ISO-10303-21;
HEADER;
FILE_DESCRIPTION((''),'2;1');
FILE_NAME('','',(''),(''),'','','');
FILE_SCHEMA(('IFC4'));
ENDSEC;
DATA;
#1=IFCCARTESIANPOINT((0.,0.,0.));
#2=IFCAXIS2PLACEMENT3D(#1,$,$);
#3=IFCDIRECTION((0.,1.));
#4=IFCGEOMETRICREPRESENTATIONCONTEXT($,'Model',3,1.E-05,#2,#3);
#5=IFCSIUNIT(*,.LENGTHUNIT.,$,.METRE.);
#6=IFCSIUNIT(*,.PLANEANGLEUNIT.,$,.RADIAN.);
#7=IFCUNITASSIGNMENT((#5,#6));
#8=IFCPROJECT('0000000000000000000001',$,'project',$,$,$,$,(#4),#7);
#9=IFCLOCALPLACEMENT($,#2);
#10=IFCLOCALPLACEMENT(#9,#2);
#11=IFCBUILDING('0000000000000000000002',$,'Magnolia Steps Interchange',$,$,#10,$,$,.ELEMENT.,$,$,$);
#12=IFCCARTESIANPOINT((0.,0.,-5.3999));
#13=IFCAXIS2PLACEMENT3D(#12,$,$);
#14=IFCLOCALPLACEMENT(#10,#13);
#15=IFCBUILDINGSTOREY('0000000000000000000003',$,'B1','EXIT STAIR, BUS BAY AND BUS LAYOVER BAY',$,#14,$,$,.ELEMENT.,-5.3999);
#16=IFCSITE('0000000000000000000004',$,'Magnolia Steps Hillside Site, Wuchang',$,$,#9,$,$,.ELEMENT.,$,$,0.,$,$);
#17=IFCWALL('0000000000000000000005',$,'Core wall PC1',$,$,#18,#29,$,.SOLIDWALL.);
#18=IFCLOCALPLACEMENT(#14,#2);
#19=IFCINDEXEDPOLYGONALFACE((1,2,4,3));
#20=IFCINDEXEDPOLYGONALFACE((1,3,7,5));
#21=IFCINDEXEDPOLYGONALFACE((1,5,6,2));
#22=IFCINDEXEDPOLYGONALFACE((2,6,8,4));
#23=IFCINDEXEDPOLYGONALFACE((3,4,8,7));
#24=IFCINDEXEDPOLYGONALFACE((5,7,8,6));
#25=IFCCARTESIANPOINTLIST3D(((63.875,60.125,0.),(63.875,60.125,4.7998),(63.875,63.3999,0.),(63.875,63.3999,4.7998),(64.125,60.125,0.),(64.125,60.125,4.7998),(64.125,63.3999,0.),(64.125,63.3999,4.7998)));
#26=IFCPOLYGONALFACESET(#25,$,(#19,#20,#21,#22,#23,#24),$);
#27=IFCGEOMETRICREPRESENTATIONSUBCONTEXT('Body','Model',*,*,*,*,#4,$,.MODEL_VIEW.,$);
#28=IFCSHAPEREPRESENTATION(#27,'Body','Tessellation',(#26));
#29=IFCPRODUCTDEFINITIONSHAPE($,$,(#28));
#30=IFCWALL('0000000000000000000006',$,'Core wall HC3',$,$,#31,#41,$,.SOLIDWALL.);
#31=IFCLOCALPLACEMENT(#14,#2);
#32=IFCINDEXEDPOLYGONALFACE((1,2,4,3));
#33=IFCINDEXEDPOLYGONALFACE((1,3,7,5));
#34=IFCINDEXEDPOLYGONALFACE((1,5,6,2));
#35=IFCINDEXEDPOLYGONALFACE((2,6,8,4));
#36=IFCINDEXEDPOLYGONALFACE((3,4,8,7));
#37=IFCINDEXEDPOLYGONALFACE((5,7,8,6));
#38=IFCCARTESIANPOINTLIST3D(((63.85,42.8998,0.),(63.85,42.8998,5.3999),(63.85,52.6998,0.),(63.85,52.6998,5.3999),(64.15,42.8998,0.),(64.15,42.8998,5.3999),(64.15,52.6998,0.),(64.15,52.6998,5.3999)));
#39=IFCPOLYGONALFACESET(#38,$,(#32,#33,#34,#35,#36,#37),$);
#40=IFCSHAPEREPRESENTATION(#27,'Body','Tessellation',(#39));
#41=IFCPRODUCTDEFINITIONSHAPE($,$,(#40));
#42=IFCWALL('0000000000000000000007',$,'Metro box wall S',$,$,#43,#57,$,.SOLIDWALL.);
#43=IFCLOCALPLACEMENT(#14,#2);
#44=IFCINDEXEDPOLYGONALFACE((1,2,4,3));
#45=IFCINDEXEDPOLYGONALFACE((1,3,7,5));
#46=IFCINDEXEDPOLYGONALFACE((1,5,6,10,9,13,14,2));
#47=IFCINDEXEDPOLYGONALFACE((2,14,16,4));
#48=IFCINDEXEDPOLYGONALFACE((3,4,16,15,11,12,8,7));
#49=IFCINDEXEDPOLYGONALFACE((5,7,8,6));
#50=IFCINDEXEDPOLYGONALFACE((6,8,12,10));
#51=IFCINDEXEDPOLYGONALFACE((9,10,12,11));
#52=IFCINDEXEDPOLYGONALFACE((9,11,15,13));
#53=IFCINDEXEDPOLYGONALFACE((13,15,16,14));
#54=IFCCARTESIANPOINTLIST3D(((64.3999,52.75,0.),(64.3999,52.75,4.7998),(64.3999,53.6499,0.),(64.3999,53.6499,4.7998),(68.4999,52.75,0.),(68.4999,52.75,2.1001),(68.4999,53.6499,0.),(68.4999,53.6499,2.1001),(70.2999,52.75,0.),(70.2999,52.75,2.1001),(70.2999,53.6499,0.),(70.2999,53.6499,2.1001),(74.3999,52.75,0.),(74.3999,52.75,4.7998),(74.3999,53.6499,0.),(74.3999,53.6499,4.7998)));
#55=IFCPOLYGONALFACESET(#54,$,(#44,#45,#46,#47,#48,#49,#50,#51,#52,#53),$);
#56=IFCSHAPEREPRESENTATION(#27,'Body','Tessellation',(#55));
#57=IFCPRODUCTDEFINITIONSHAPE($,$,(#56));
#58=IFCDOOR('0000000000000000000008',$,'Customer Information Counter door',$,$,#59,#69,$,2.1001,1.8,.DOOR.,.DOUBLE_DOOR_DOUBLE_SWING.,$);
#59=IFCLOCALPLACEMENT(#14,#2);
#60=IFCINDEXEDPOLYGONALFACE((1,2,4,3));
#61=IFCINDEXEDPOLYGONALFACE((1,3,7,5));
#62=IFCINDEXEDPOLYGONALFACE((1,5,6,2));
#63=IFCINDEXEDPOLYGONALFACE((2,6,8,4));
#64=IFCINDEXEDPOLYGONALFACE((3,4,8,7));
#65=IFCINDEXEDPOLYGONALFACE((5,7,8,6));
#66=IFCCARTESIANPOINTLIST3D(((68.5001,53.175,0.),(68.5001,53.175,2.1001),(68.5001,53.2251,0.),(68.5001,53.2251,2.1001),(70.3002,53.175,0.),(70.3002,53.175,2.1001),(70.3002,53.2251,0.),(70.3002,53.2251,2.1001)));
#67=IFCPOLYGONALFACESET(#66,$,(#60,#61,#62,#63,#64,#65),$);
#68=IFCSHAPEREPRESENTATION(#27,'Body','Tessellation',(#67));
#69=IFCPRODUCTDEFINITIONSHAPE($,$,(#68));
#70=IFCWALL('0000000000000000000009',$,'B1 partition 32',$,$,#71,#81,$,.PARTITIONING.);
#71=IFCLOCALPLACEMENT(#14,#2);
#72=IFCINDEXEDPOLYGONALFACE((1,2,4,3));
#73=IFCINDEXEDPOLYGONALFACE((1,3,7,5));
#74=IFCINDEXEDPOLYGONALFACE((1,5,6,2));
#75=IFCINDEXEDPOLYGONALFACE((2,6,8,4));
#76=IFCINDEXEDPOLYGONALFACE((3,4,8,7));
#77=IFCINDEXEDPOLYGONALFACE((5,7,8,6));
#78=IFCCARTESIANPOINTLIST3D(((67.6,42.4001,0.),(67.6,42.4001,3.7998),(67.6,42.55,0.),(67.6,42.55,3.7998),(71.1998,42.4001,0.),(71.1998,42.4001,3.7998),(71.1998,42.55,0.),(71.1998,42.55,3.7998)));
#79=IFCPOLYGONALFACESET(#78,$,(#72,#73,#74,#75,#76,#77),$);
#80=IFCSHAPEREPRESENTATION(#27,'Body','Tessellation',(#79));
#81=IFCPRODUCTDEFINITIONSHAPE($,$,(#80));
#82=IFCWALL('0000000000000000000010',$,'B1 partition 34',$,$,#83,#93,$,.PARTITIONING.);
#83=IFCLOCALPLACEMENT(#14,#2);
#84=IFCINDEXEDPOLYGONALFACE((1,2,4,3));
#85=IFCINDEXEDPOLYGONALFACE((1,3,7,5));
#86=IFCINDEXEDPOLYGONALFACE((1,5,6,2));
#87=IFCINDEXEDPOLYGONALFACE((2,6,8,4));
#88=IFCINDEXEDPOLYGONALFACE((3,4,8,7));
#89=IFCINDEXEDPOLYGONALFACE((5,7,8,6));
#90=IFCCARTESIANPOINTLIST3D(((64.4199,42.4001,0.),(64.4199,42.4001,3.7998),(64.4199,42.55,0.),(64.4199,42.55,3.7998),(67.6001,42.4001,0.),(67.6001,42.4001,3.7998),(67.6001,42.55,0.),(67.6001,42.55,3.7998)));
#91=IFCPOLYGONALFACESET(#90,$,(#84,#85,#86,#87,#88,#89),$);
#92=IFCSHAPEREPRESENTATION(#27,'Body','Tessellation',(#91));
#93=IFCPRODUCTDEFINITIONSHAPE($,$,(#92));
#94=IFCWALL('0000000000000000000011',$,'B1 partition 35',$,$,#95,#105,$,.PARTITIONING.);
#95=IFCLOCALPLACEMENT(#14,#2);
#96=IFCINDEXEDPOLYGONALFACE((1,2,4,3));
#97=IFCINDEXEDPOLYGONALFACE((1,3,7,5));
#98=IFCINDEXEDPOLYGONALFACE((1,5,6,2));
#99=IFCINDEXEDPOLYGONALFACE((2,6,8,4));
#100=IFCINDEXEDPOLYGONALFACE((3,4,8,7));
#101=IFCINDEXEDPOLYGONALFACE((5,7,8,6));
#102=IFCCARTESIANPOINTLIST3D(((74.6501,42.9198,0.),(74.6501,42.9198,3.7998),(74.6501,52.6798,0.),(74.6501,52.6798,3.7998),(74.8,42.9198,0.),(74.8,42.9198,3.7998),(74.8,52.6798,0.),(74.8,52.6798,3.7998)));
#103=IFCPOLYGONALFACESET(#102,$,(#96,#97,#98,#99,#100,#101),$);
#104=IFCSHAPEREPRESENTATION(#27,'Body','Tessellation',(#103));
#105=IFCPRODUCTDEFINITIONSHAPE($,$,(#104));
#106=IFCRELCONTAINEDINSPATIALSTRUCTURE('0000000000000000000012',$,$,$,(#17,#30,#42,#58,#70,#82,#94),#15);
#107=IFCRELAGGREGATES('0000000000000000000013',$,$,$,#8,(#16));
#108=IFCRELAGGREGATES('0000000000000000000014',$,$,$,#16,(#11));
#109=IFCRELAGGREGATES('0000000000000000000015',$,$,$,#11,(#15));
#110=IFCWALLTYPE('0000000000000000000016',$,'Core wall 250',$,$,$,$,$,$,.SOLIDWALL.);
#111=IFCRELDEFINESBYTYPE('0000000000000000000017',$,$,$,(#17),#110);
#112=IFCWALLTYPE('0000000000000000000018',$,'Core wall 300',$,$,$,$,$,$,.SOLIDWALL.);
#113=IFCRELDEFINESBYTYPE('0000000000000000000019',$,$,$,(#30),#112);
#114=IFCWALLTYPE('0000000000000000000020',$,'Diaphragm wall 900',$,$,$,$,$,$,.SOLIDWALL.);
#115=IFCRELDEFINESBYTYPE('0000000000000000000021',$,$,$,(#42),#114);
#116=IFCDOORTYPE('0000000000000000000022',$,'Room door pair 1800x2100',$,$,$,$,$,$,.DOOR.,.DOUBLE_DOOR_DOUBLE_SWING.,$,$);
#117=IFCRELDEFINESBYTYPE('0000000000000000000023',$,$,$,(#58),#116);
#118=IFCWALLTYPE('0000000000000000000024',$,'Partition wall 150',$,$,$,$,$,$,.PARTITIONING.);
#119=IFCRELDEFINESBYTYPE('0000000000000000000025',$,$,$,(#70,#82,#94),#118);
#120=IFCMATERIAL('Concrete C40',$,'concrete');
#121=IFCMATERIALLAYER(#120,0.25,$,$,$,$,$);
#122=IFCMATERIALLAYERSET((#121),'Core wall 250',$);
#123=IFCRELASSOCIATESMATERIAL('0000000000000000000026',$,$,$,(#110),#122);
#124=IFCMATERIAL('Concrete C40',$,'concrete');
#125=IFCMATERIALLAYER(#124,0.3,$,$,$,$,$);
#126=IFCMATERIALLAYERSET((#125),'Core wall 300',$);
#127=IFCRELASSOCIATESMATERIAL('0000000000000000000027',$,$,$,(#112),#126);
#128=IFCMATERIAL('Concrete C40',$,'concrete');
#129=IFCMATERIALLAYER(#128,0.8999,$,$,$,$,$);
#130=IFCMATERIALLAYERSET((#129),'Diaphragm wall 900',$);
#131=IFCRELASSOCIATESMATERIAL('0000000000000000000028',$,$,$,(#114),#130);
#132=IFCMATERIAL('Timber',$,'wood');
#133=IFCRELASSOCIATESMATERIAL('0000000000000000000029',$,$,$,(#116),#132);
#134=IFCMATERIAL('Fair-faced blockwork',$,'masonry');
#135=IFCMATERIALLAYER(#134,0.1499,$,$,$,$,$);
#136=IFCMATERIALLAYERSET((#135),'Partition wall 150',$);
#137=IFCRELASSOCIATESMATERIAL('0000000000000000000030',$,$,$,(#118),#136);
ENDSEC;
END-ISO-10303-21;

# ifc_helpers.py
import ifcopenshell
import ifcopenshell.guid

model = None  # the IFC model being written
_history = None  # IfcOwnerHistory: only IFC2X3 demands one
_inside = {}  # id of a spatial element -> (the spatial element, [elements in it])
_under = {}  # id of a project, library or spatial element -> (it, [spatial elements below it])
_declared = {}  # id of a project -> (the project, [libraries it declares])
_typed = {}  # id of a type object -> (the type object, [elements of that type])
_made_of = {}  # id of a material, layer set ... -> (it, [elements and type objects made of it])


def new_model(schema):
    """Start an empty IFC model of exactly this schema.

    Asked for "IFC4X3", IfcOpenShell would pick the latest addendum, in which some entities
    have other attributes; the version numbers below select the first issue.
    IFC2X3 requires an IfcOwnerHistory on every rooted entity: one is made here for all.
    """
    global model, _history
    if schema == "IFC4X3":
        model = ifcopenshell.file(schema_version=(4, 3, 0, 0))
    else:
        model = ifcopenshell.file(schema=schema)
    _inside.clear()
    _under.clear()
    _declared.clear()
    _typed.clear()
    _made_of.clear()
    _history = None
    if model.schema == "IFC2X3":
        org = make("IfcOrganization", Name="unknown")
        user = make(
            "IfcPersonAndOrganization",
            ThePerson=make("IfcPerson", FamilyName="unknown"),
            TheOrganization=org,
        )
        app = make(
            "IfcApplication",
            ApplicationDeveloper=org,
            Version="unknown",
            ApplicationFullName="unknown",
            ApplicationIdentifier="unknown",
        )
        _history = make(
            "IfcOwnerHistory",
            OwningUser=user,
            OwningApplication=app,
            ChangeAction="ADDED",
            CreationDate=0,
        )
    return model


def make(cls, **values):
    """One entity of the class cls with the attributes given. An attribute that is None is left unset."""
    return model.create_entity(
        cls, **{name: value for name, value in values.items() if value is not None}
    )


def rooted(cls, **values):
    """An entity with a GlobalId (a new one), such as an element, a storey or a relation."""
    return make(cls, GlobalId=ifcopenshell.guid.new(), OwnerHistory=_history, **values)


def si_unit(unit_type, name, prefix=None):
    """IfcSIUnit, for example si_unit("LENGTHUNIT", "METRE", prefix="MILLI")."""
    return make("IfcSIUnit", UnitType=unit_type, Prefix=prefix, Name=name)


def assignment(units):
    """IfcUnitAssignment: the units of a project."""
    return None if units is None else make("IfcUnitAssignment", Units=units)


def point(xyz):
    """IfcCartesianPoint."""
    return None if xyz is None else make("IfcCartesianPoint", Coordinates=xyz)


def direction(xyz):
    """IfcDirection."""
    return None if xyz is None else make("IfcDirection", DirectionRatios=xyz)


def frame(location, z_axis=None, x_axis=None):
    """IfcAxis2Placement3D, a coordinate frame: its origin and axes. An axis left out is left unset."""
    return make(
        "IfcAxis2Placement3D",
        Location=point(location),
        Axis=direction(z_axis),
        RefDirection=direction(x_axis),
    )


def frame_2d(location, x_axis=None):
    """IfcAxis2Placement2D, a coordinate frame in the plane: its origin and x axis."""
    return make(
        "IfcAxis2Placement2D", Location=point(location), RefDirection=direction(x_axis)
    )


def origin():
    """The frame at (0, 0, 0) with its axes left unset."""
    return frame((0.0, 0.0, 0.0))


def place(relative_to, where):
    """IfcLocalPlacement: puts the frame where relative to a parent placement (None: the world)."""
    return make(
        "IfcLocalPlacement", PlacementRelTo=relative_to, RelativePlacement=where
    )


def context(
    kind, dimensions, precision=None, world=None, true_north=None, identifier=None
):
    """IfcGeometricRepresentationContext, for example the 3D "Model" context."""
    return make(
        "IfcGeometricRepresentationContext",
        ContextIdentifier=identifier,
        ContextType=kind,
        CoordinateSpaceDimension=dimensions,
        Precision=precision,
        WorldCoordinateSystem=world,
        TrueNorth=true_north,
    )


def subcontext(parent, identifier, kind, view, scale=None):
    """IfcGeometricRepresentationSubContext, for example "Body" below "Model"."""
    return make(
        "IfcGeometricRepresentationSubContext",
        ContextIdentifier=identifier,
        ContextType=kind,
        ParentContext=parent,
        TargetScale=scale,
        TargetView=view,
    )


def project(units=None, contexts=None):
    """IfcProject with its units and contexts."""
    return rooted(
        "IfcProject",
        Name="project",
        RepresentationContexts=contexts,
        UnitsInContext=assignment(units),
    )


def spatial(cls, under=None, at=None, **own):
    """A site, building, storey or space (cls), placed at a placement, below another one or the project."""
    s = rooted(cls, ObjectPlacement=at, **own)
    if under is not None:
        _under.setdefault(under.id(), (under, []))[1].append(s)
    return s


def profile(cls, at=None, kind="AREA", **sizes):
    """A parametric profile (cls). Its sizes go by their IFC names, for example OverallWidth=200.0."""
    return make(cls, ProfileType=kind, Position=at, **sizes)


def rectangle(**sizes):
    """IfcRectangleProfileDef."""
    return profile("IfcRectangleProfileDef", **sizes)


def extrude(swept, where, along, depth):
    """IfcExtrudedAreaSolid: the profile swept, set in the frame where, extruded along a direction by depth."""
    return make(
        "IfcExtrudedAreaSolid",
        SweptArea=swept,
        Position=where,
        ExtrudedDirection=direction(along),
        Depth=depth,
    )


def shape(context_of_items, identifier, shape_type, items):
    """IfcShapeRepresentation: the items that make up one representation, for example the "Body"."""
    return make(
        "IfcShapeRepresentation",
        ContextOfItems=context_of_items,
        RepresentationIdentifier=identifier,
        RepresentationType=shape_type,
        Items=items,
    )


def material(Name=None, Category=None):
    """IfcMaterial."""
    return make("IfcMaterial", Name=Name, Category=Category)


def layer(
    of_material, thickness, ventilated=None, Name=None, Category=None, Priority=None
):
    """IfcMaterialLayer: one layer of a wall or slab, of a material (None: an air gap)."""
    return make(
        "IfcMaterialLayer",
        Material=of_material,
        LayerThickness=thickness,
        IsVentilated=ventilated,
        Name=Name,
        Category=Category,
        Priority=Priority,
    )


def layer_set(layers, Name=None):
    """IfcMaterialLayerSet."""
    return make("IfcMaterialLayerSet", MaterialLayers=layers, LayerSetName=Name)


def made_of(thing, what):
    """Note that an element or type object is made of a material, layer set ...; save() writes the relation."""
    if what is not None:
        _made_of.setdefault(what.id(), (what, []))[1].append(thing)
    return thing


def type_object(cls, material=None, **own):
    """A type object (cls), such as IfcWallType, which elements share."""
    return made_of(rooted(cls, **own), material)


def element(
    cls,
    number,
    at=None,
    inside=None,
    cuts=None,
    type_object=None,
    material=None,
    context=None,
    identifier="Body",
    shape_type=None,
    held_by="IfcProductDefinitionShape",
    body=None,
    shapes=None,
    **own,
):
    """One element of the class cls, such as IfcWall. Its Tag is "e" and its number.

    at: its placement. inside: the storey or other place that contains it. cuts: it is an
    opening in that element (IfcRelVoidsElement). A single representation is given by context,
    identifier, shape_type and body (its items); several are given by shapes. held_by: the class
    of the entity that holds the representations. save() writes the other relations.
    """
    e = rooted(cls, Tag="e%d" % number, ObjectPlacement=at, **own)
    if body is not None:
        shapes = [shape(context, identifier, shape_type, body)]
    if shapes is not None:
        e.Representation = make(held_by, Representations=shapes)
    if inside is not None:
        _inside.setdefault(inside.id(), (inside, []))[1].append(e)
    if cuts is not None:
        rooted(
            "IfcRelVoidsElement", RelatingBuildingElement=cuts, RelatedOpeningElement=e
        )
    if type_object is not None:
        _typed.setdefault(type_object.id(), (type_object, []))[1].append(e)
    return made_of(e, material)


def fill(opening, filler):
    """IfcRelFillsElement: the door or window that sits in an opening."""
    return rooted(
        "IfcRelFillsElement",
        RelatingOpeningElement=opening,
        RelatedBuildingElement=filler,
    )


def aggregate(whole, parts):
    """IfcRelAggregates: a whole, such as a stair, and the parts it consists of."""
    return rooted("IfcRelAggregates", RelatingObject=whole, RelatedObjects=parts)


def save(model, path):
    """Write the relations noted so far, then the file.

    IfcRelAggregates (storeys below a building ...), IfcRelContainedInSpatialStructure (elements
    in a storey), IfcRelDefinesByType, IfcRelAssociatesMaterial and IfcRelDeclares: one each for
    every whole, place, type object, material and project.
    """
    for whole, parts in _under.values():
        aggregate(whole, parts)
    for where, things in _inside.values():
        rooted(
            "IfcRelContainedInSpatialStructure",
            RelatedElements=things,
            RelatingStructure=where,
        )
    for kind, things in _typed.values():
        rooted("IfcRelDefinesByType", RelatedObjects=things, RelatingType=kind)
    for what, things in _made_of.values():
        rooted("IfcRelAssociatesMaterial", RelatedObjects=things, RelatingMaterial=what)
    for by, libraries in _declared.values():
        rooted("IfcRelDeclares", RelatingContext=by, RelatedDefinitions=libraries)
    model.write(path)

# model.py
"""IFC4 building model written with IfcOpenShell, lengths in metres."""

from ifc_helpers import new_model, si_unit, direction, frame, frame_2d, origin, place, context, subcontext, project, spatial, rectangle, extrude, material, layer, layer_set, type_object, element, fill, save


model = new_model("IFC4")

# Units and contexts
model_context = context("Model", 3, precision=1e-05, world=origin(), true_north=direction((0.0, 1.0)))
body_context = subcontext(model_context, "Body", "Model", "MODEL_VIEW")
ifc_project = project(units=[si_unit("LENGTHUNIT", "METRE"), si_unit("PLANEANGLEUNIT", "RADIAN")], contexts=[model_context])

# Site, building, storey
site_placement = place(None, origin())
site = spatial("IfcSite", under=ifc_project, at=site_placement, Name="Magnolia Steps Hillside Site, Wuchang", CompositionType="ELEMENT", RefElevation=0.0)
building_placement = place(site_placement, origin())
building = spatial("IfcBuilding", under=site, at=building_placement, Name="Magnolia Steps Interchange", CompositionType="ELEMENT")
storey_placement = place(building_placement, frame((0.0, 0.0, -5.3999)))
storey = spatial("IfcBuildingStorey", under=building, at=storey_placement, Name="B1", Description="EXIT STAIR, BUS BAY AND BUS LAYOVER BAY", CompositionType="ELEMENT", Elevation=-5.3999)

# Walls
ifc_material_1 = material(Name="Concrete C40", Category="concrete")
ifc_layer_1 = layer(ifc_material_1, 0.25)
ifc_layer_set_1 = layer_set([ifc_layer_1], Name="Core wall 250")
wall_type_1 = type_object("IfcWallType", Name="Core wall 250", PredefinedType="SOLIDWALL", material=ifc_layer_set_1)
wall_1_placement = place(storey_placement, frame((64.0, 60.125, 0.0), z_axis=(0.0, 0.0, 1.0), x_axis=(0.0, 1.0, 0.0)))
element("IfcWall", 1, at=wall_1_placement, inside=storey, type_object=wall_type_1, Name="Core wall PC1", PredefinedType="SOLIDWALL", context=body_context, shape_type="SweptSolid", body=[
    extrude(rectangle(XDim=3.2749, YDim=0.25, at=frame_2d((1.6375, 0.0))), origin(), (0.0, 0.0, 1.0), 4.7998),
])
ifc_material_2 = material(Name="Concrete C40", Category="concrete")
ifc_layer_2 = layer(ifc_material_2, 0.3)
ifc_layer_set_2 = layer_set([ifc_layer_2], Name="Core wall 300")
wall_type_2 = type_object("IfcWallType", Name="Core wall 300", PredefinedType="SOLIDWALL", material=ifc_layer_set_2)
wall_2_placement = place(storey_placement, frame((64.0, 42.8999, 0.0), z_axis=(0.0, 0.0, 1.0), x_axis=(0.0, 1.0, 0.0)))
element("IfcWall", 2, at=wall_2_placement, inside=storey, type_object=wall_type_2, Name="Core wall HC3", PredefinedType="SOLIDWALL", context=body_context, shape_type="SweptSolid", body=[
    extrude(rectangle(XDim=9.8, YDim=0.3, at=frame_2d((4.8999, 0.0))), origin(), (0.0, 0.0, 1.0), 5.3999),
])

# Wall, opening, door
ifc_material_3 = material(Name="Concrete C40", Category="concrete")
ifc_layer_3 = layer(ifc_material_3, 0.8999)
ifc_layer_set_3 = layer_set([ifc_layer_3], Name="Diaphragm wall 900")
wall_type_3 = type_object("IfcWallType", Name="Diaphragm wall 900", PredefinedType="SOLIDWALL", material=ifc_layer_set_3)
wall_3_placement = place(storey_placement, frame((64.3999, 53.2, 0.0), z_axis=(0.0, 0.0, 1.0), x_axis=(1.0, 0.0, 0.0)))
wall_3 = element("IfcWall", 3, at=wall_3_placement, inside=storey, type_object=wall_type_3, Name="Metro box wall S", PredefinedType="SOLIDWALL", context=body_context, shape_type="SweptSolid", body=[
    extrude(rectangle(XDim=10.0, YDim=0.8999, at=frame_2d((5.0, 0.0))), origin(), (0.0, 0.0, 1.0), 4.7998),
])
opening_1_placement = place(wall_3_placement, frame((4.1001, 0.0, 0.0)))
opening_1 = element("IfcOpeningElement", 4, at=opening_1_placement, cuts=wall_3, PredefinedType="OPENING", context=body_context, shape_type="SweptSolid", body=[
    extrude(rectangle(XDim=1.8, YDim=2.1001, at=frame_2d((0.8999, 1.05))), frame((0.0, 0.46, 0.0), z_axis=(0.0, -1.0, 0.0), x_axis=(1.0, 0.0, 0.0)), (0.0, 0.0, 1.0), 0.9199),
])
ifc_material_4 = material(Name="Timber", Category="wood")
door_type_1 = type_object("IfcDoorType", Name="Room door pair 1800x2100", OperationType="DOUBLE_DOOR_DOUBLE_SWING", PredefinedType="DOOR", material=ifc_material_4)
door_1_placement = place(opening_1_placement, frame((1.8, 0.0, 0.0), z_axis=(0.0, 0.0, 1.0), x_axis=(-1.0, 0.0, 0.0)))
door_1 = element("IfcDoor", 5, at=door_1_placement, inside=storey, type_object=door_type_1, Name="Customer Information Counter door", OperationType="DOUBLE_DOOR_DOUBLE_SWING", OverallHeight=2.1001, OverallWidth=1.8, PredefinedType="DOOR", context=body_context, shape_type="SweptSolid", body=[
    extrude(rectangle(XDim=1.8, YDim=2.1001, at=frame_2d((0.8999, 1.05))), frame((0.0, 0.0249, 0.0), z_axis=(0.0, -1.0, 0.0), x_axis=(1.0, 0.0, 0.0)), (0.0, 0.0, 1.0), 0.05),
])
fill(opening_1, door_1)

# Walls
ifc_material_5 = material(Name="Fair-faced blockwork", Category="masonry")
ifc_layer_4 = layer(ifc_material_5, 0.1499)
ifc_layer_set_4 = layer_set([ifc_layer_4], Name="Partition wall 150")
wall_type_4 = type_object("IfcWallType", Name="Partition wall 150", PredefinedType="PARTITIONING", material=ifc_layer_set_4)
wall_4_placement = place(storey_placement, frame((67.6001, 42.4751, 0.0), z_axis=(0.0, 0.0, 1.0), x_axis=(1.0, 0.0, 0.0)))
element("IfcWall", 6, at=wall_4_placement, inside=storey, type_object=wall_type_4, Name="B1 partition 32", PredefinedType="PARTITIONING", context=body_context, shape_type="SweptSolid", body=[
    extrude(rectangle(XDim=3.5999, YDim=0.1499, at=frame_2d((1.7998, 0.0))), origin(), (0.0, 0.0, 1.0), 3.7998),
])
wall_5_placement = place(storey_placement, frame((64.4199, 42.4751, 0.0), z_axis=(0.0, 0.0, 1.0), x_axis=(1.0, 0.0, 0.0)))
element("IfcWall", 7, at=wall_5_placement, inside=storey, type_object=wall_type_4, Name="B1 partition 34", PredefinedType="PARTITIONING", context=body_context, shape_type="SweptSolid", body=[
    extrude(rectangle(XDim=3.1802, YDim=0.1499, at=frame_2d((1.5901, 0.0))), origin(), (0.0, 0.0, 1.0), 3.7998),
])
wall_6_placement = place(storey_placement, frame((74.7251, 42.9199, 0.0), z_axis=(0.0, 0.0, 1.0), x_axis=(0.0, 1.0, 0.0)))
element("IfcWall", 8, at=wall_6_placement, inside=storey, type_object=wall_type_4, Name="B1 partition 35", PredefinedType="PARTITIONING", context=body_context, shape_type="SweptSolid", body=[
    extrude(rectangle(XDim=9.76, YDim=0.1499, at=frame_2d((4.8799, 0.0))), origin(), (0.0, 0.0, 1.0), 3.7998),
])

save(model, "model.ifc")
